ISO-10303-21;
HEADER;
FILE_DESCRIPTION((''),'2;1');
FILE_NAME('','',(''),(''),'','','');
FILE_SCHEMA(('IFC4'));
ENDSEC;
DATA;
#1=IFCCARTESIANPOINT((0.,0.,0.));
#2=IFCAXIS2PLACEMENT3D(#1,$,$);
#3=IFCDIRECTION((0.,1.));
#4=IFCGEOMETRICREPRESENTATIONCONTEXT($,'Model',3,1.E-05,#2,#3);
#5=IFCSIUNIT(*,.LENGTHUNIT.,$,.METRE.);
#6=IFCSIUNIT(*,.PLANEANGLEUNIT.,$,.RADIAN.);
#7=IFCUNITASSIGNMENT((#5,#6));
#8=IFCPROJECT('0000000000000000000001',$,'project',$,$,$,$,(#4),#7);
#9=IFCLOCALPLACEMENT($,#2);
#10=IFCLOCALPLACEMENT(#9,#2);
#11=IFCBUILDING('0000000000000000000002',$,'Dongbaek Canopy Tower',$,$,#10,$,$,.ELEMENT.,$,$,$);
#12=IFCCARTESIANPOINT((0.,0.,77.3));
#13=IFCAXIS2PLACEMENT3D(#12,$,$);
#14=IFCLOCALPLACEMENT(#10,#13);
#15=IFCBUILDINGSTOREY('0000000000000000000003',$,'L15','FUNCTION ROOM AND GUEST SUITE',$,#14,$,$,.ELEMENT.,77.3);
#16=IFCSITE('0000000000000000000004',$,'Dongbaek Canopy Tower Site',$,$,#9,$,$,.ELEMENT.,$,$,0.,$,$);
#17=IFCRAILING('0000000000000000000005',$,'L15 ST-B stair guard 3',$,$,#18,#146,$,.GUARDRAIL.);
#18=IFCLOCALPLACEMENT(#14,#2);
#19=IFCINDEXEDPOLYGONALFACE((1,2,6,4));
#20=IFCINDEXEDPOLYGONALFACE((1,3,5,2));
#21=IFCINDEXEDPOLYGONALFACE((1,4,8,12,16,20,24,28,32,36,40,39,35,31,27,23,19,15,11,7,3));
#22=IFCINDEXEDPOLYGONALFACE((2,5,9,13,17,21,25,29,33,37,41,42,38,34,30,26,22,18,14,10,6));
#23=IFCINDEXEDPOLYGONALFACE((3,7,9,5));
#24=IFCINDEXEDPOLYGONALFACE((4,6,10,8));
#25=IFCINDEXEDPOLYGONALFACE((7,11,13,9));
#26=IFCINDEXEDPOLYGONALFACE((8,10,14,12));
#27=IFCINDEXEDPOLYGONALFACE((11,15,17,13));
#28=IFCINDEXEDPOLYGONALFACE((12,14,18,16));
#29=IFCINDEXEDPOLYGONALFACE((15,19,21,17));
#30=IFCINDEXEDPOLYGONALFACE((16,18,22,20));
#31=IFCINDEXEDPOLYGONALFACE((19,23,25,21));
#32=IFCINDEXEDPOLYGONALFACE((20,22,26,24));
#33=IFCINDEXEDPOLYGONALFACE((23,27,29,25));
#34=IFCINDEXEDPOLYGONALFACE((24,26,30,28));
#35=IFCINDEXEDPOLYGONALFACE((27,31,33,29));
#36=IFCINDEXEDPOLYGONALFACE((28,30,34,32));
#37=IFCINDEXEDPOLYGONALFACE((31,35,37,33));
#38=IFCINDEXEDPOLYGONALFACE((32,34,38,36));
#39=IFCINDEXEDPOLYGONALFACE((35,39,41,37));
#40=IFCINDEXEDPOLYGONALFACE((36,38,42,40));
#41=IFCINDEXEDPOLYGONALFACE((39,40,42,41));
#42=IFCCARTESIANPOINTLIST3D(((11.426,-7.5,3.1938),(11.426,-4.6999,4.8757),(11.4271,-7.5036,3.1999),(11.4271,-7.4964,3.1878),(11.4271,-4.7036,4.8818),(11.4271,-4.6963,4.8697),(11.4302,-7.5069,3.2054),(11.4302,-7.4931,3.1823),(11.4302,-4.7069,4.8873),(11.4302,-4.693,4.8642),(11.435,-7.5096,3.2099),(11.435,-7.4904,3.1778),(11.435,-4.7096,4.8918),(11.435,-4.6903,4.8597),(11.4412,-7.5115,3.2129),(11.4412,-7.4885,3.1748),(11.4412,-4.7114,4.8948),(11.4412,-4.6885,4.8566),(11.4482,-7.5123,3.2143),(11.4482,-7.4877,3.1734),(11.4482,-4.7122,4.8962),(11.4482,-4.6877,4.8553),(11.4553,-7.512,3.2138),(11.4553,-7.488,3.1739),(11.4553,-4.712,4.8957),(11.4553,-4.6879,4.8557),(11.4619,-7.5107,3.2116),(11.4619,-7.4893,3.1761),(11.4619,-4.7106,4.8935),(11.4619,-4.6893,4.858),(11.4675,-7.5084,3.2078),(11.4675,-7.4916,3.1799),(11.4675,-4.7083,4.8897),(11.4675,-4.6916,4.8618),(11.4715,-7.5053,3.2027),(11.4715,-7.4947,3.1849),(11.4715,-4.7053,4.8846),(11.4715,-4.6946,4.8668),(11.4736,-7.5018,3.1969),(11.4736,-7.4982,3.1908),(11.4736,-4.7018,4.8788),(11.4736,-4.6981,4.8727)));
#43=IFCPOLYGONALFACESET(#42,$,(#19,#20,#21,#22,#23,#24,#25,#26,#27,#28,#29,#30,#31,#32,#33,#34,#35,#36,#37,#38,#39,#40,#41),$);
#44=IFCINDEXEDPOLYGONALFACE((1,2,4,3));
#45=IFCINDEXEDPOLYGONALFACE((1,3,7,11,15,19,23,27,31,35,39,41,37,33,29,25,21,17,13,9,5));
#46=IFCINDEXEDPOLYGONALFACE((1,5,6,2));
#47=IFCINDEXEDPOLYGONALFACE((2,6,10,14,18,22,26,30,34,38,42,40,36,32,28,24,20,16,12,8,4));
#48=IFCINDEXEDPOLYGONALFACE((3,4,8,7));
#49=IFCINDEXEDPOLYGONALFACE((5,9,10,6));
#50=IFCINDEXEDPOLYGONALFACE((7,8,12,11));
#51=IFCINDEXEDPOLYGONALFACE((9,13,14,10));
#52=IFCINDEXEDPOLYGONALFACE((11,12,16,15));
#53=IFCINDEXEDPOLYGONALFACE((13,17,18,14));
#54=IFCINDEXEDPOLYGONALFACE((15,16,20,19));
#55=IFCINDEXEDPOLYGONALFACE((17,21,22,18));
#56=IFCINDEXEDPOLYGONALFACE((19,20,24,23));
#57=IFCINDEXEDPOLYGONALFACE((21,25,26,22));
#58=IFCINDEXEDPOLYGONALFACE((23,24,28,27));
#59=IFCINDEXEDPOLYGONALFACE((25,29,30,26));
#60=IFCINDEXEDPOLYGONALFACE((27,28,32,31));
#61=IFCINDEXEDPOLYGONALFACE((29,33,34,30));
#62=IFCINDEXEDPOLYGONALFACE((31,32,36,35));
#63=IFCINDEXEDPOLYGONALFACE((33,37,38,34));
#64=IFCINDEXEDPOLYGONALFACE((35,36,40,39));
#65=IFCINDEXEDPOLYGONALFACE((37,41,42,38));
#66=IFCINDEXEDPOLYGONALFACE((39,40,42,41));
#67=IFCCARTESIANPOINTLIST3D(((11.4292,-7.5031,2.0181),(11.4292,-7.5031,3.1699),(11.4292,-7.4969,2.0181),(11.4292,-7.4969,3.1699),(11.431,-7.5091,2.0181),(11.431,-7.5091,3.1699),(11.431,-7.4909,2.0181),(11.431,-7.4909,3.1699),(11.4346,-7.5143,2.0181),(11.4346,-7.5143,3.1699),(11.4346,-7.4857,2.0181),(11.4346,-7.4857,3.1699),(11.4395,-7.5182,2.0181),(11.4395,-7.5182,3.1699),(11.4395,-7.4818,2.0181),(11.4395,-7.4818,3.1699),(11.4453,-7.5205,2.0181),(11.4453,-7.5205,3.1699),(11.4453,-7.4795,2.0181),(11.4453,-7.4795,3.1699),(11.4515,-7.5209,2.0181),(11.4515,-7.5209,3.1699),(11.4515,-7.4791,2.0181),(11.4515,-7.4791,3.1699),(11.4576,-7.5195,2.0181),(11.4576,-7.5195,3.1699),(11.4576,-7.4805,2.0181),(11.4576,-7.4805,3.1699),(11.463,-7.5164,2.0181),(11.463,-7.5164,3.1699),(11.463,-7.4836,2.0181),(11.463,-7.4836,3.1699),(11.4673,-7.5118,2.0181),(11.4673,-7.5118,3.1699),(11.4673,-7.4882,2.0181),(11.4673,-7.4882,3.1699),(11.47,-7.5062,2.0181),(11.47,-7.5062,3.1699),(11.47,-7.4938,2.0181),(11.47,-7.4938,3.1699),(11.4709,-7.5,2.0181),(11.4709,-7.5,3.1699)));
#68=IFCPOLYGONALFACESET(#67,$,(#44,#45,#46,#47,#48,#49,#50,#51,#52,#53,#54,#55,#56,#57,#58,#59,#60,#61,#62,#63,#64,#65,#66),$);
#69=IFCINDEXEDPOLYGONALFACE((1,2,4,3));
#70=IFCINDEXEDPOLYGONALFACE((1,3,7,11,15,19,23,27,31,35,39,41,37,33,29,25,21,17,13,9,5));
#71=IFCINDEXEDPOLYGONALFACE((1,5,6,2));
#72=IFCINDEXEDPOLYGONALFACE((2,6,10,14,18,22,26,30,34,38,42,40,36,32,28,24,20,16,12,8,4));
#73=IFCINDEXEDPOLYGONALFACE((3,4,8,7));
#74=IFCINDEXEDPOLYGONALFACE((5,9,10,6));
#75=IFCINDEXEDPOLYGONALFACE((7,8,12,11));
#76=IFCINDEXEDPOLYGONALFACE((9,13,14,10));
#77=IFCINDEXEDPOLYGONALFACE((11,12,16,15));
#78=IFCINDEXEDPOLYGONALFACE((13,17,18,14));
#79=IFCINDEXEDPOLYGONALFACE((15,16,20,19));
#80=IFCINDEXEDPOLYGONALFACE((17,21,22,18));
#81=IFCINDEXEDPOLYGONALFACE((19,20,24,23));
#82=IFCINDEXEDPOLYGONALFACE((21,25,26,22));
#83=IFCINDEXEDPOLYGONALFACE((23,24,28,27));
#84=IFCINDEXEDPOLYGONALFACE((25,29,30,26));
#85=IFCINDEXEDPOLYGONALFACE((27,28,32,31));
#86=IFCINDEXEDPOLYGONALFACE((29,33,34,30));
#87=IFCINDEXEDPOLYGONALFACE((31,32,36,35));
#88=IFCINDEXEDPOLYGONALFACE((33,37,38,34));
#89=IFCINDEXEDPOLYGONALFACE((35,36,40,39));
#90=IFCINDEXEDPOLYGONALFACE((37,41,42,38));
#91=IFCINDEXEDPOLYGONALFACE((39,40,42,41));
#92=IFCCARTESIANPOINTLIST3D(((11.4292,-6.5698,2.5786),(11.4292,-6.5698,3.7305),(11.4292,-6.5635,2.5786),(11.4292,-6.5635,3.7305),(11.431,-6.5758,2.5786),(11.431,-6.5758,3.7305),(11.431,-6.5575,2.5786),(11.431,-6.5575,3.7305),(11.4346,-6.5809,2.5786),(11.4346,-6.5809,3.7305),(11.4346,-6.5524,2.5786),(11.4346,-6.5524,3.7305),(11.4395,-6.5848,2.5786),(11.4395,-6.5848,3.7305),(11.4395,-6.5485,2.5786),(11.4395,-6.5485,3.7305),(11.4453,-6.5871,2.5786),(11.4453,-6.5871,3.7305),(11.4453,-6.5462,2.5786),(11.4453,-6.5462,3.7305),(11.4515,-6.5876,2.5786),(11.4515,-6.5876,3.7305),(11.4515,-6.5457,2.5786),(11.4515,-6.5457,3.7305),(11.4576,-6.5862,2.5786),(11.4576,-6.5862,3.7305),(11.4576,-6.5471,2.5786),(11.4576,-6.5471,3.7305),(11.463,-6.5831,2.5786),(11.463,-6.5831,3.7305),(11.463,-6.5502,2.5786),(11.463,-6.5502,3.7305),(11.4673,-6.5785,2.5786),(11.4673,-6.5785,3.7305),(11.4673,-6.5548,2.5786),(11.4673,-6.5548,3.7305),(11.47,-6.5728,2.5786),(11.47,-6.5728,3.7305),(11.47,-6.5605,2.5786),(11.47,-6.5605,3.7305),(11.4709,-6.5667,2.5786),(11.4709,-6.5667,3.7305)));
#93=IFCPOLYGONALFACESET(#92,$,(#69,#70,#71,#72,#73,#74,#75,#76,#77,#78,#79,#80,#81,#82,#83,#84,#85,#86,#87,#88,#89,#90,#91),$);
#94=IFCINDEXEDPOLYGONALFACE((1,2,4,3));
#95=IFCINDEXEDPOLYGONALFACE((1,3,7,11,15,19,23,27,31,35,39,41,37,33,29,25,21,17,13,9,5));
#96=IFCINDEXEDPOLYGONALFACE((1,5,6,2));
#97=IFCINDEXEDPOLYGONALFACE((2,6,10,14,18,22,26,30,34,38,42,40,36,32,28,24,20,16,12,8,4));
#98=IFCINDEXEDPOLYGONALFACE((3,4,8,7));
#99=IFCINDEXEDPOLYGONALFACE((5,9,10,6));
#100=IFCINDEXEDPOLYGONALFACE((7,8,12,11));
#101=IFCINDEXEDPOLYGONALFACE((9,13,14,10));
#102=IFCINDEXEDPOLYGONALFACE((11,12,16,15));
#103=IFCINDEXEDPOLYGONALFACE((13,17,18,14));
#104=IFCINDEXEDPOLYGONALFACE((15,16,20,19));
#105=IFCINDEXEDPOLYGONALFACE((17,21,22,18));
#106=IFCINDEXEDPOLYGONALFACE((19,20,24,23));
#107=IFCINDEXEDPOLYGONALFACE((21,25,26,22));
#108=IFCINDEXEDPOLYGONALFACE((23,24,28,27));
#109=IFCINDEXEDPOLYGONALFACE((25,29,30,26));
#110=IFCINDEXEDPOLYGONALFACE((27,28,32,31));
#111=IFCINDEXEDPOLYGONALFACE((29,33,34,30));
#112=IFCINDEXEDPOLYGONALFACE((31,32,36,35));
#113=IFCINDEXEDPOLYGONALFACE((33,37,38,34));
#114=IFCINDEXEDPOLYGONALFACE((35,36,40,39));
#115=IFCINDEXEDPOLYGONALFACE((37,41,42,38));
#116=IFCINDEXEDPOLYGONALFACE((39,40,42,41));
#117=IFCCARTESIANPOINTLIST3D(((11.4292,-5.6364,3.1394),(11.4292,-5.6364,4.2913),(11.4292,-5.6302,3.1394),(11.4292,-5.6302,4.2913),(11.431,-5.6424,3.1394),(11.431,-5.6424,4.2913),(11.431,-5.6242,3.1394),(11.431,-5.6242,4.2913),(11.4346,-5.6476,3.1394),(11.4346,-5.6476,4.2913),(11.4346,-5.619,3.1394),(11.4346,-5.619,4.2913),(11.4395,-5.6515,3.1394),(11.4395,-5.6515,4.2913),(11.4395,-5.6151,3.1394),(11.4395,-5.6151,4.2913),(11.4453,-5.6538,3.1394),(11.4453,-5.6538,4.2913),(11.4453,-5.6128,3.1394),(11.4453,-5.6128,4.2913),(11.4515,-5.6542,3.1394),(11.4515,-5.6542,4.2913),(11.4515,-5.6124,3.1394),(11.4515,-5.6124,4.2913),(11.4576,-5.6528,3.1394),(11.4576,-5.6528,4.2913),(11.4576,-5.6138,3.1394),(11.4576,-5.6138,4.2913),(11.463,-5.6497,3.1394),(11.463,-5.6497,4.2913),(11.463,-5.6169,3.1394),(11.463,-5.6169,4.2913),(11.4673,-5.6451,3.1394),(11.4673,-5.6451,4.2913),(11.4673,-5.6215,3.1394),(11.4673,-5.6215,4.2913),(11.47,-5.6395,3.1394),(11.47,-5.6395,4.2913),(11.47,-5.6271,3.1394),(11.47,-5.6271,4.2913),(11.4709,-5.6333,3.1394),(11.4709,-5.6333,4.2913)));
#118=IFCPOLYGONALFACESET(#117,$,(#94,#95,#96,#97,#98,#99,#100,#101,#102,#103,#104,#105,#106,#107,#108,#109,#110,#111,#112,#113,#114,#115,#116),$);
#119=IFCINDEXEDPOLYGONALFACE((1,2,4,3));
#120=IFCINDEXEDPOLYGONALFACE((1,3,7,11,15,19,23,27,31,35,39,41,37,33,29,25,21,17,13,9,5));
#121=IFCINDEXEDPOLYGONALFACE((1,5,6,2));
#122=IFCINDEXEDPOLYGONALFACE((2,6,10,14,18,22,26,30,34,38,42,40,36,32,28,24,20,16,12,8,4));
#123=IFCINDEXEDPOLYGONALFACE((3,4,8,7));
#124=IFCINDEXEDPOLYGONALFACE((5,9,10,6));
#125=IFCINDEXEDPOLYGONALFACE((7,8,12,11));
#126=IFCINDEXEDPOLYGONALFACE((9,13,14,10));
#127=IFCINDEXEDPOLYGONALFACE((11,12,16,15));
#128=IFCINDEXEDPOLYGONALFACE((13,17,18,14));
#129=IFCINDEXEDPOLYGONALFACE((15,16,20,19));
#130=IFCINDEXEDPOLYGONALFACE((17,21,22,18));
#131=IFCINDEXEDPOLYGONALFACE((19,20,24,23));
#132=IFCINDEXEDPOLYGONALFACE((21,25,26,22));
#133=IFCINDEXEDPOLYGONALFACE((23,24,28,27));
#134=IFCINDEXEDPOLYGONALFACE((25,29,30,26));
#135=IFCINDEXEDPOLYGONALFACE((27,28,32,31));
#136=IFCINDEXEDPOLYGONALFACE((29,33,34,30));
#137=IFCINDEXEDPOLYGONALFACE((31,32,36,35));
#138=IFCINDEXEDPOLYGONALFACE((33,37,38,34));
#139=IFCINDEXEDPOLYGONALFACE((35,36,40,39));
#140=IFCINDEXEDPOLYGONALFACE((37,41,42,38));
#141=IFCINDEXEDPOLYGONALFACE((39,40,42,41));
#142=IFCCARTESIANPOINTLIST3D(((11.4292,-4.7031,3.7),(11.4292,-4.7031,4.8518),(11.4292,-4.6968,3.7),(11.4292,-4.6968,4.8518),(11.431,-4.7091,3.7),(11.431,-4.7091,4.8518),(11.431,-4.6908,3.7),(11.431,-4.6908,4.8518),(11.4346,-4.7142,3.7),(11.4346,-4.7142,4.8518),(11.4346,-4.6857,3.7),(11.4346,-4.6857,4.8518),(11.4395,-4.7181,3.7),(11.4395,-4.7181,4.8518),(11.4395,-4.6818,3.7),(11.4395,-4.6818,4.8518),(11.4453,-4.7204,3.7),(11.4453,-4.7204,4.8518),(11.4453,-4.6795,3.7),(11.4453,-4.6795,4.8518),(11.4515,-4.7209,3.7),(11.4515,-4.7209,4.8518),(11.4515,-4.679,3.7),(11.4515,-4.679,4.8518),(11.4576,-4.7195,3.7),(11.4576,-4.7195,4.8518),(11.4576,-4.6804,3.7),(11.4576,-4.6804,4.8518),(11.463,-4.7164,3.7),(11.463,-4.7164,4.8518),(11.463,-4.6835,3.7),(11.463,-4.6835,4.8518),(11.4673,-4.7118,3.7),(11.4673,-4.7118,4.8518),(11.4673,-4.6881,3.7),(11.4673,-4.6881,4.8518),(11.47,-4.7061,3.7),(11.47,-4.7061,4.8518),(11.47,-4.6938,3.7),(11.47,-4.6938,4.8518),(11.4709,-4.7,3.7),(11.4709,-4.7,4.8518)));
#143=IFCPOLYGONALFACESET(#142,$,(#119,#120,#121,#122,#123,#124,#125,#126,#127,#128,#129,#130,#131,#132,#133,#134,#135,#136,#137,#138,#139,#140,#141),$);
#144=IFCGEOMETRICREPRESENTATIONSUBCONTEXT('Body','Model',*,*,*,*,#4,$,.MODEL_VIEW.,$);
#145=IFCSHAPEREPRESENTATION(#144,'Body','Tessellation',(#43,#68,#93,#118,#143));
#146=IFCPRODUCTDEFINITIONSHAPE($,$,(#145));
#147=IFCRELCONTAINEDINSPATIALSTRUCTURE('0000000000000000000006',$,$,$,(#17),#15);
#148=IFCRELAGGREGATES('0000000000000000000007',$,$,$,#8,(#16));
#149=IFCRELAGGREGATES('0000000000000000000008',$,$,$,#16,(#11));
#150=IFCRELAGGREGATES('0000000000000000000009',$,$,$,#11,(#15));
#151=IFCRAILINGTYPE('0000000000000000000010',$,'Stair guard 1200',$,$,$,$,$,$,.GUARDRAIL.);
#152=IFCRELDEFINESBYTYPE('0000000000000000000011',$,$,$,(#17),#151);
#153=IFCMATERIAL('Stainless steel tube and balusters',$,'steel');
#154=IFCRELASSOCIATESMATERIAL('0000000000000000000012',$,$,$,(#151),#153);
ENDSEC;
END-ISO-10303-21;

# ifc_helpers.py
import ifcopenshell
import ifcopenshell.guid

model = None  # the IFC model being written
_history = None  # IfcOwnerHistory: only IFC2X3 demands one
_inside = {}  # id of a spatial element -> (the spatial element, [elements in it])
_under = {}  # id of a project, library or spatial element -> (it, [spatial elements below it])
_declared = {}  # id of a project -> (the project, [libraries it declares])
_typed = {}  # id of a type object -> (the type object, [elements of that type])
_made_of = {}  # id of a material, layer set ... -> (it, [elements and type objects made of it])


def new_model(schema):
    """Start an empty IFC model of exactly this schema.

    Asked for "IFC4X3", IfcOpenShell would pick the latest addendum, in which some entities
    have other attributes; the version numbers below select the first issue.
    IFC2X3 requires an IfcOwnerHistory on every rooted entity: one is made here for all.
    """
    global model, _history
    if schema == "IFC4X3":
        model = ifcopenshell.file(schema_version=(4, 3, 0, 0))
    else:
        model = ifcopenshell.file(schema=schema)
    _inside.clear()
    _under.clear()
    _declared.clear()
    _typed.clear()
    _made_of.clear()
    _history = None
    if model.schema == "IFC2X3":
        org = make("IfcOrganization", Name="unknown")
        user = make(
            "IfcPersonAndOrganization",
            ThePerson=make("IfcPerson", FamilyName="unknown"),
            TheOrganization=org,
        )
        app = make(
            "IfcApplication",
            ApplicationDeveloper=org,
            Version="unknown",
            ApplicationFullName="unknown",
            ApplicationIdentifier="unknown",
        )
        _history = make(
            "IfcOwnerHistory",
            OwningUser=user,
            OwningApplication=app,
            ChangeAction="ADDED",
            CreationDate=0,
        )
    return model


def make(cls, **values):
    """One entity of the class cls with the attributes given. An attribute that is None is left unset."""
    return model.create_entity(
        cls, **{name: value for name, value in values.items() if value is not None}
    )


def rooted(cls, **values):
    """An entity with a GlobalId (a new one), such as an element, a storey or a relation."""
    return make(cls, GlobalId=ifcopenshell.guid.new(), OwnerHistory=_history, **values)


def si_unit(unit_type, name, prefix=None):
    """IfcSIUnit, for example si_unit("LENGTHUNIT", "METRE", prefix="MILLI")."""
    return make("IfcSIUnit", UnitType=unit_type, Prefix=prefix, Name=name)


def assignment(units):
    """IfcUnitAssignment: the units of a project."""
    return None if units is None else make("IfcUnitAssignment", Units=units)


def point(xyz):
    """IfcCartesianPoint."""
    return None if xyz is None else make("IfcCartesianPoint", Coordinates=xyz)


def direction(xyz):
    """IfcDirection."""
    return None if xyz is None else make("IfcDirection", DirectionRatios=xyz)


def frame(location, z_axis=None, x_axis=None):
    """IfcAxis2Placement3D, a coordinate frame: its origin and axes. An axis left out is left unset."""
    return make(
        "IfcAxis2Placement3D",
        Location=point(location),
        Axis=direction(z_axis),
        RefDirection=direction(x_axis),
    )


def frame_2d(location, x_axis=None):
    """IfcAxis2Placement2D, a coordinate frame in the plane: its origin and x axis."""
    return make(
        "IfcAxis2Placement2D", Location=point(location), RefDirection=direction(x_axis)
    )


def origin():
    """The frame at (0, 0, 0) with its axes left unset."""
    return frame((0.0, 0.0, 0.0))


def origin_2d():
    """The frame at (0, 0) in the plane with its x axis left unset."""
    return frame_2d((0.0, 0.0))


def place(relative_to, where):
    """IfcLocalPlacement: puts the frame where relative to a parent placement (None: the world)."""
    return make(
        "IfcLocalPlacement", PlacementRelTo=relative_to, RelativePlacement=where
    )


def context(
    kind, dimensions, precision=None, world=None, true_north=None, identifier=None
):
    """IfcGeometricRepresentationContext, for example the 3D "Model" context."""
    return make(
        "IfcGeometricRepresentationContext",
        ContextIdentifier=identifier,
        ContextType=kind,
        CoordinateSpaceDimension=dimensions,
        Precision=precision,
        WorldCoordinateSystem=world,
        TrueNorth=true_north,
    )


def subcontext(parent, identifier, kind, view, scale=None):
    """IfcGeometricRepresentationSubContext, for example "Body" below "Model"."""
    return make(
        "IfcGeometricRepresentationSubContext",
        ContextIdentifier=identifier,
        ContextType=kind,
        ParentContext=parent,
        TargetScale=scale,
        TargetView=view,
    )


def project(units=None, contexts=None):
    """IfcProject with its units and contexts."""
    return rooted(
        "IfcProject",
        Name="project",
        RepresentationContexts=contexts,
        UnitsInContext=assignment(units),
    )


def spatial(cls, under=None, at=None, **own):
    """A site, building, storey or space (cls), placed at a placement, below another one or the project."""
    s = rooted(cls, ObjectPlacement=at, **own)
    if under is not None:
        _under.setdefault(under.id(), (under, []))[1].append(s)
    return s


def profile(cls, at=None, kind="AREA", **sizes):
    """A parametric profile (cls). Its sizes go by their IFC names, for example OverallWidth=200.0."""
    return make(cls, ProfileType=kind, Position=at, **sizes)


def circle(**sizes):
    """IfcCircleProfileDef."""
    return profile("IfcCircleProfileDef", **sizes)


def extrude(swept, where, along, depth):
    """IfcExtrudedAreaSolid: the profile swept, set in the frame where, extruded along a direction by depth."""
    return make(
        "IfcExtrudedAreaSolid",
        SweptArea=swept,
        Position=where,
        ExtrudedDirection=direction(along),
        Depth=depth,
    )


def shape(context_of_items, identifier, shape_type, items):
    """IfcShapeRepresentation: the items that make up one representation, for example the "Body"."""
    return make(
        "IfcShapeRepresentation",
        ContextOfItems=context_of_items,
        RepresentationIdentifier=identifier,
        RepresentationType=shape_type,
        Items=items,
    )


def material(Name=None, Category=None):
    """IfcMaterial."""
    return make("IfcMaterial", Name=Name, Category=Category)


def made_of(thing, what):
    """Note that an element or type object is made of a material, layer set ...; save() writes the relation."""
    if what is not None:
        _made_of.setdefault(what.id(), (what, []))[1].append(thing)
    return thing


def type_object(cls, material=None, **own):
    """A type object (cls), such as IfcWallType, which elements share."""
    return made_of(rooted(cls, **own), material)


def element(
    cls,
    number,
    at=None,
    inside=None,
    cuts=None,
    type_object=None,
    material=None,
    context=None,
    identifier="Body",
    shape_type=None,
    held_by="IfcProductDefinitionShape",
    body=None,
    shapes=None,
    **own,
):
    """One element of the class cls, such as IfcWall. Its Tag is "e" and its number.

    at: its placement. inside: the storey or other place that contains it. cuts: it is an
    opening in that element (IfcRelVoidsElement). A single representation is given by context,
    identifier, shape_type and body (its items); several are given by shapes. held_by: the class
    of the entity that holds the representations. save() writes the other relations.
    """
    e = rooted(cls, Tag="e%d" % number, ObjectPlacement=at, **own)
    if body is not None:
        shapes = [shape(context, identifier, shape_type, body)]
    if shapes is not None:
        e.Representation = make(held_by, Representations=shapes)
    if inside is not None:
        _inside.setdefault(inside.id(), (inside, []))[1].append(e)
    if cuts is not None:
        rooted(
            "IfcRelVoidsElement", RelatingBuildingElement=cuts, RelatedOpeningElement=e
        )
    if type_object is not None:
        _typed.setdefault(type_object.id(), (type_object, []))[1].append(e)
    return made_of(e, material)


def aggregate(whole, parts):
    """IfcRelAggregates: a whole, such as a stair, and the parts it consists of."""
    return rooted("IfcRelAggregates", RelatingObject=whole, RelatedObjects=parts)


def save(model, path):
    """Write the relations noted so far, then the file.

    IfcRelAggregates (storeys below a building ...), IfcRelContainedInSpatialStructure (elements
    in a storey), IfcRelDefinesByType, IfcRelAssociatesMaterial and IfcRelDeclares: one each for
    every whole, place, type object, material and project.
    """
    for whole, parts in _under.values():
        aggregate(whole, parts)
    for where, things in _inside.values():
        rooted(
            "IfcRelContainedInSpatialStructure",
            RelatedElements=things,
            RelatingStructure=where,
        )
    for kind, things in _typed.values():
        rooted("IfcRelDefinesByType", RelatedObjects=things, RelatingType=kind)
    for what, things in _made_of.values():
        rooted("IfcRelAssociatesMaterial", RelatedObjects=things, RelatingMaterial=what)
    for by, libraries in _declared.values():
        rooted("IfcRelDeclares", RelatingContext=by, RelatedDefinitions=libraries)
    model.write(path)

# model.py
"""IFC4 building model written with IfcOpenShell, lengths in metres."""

from ifc_helpers import new_model, si_unit, direction, frame, origin, origin_2d, place, context, subcontext, project, spatial, circle, extrude, material, type_object, element, save


model = new_model("IFC4")

# Units and contexts
model_context = context("Model", 3, precision=1e-05, world=origin(), true_north=direction((0.0, 1.0)))
body_context = subcontext(model_context, "Body", "Model", "MODEL_VIEW")
ifc_project = project(units=[si_unit("LENGTHUNIT", "METRE"), si_unit("PLANEANGLEUNIT", "RADIAN")], contexts=[model_context])

# Site, building, storey
site_placement = place(None, origin())
site = spatial("IfcSite", under=ifc_project, at=site_placement, Name="Dongbaek Canopy Tower Site", CompositionType="ELEMENT", RefElevation=0.0)
building_placement = place(site_placement, origin())
building = spatial("IfcBuilding", under=site, at=building_placement, Name="Dongbaek Canopy Tower", CompositionType="ELEMENT")
storey_placement = place(building_placement, frame((0.0, 0.0, 77.3)))
storey = spatial("IfcBuildingStorey", under=building, at=storey_placement, Name="L15", Description="FUNCTION ROOM AND GUEST SUITE", CompositionType="ELEMENT", Elevation=77.3)

# Railing
ifc_material_1 = material(Name="Stainless steel tube and balusters", Category="steel")
railing_type_1 = type_object("IfcRailingType", Name="Stair guard 1200", PredefinedType="GUARDRAIL", material=ifc_material_1)
railing_1_placement = place(storey_placement, frame((11.45, -7.5, 2.0181)))
element("IfcRailing", 1, at=railing_1_placement, inside=storey, type_object=railing_type_1, Name="L15 ST-B stair guard 3", PredefinedType="GUARDRAIL", context=body_context, shape_type="SweptSolid", body=[
    extrude(circle(Radius=0.0239, at=origin_2d()), frame((0.0, 0.0, 1.1758), z_axis=(0.0, 0.857242, 0.514913), x_axis=(-1.0, 0.0, 0.0)), (0.0, 0.0, 1.0), 3.2664),
    extrude(circle(Radius=0.021, at=origin_2d()), origin(), (0.0, 0.0, 1.0), 1.1519),
    extrude(circle(Radius=0.021, at=origin_2d()), frame((0.0, 0.9333, 0.5605)), (0.0, 0.0, 1.0), 1.1519),
    extrude(circle(Radius=0.021, at=origin_2d()), frame((0.0, 1.8667, 1.1213)), (0.0, 0.0, 1.0), 1.1519),
    extrude(circle(Radius=0.021, at=origin_2d()), frame((0.0, 2.8, 1.6819)), (0.0, 0.0, 1.0), 1.1519),
])

save(model, "model.ifc")
